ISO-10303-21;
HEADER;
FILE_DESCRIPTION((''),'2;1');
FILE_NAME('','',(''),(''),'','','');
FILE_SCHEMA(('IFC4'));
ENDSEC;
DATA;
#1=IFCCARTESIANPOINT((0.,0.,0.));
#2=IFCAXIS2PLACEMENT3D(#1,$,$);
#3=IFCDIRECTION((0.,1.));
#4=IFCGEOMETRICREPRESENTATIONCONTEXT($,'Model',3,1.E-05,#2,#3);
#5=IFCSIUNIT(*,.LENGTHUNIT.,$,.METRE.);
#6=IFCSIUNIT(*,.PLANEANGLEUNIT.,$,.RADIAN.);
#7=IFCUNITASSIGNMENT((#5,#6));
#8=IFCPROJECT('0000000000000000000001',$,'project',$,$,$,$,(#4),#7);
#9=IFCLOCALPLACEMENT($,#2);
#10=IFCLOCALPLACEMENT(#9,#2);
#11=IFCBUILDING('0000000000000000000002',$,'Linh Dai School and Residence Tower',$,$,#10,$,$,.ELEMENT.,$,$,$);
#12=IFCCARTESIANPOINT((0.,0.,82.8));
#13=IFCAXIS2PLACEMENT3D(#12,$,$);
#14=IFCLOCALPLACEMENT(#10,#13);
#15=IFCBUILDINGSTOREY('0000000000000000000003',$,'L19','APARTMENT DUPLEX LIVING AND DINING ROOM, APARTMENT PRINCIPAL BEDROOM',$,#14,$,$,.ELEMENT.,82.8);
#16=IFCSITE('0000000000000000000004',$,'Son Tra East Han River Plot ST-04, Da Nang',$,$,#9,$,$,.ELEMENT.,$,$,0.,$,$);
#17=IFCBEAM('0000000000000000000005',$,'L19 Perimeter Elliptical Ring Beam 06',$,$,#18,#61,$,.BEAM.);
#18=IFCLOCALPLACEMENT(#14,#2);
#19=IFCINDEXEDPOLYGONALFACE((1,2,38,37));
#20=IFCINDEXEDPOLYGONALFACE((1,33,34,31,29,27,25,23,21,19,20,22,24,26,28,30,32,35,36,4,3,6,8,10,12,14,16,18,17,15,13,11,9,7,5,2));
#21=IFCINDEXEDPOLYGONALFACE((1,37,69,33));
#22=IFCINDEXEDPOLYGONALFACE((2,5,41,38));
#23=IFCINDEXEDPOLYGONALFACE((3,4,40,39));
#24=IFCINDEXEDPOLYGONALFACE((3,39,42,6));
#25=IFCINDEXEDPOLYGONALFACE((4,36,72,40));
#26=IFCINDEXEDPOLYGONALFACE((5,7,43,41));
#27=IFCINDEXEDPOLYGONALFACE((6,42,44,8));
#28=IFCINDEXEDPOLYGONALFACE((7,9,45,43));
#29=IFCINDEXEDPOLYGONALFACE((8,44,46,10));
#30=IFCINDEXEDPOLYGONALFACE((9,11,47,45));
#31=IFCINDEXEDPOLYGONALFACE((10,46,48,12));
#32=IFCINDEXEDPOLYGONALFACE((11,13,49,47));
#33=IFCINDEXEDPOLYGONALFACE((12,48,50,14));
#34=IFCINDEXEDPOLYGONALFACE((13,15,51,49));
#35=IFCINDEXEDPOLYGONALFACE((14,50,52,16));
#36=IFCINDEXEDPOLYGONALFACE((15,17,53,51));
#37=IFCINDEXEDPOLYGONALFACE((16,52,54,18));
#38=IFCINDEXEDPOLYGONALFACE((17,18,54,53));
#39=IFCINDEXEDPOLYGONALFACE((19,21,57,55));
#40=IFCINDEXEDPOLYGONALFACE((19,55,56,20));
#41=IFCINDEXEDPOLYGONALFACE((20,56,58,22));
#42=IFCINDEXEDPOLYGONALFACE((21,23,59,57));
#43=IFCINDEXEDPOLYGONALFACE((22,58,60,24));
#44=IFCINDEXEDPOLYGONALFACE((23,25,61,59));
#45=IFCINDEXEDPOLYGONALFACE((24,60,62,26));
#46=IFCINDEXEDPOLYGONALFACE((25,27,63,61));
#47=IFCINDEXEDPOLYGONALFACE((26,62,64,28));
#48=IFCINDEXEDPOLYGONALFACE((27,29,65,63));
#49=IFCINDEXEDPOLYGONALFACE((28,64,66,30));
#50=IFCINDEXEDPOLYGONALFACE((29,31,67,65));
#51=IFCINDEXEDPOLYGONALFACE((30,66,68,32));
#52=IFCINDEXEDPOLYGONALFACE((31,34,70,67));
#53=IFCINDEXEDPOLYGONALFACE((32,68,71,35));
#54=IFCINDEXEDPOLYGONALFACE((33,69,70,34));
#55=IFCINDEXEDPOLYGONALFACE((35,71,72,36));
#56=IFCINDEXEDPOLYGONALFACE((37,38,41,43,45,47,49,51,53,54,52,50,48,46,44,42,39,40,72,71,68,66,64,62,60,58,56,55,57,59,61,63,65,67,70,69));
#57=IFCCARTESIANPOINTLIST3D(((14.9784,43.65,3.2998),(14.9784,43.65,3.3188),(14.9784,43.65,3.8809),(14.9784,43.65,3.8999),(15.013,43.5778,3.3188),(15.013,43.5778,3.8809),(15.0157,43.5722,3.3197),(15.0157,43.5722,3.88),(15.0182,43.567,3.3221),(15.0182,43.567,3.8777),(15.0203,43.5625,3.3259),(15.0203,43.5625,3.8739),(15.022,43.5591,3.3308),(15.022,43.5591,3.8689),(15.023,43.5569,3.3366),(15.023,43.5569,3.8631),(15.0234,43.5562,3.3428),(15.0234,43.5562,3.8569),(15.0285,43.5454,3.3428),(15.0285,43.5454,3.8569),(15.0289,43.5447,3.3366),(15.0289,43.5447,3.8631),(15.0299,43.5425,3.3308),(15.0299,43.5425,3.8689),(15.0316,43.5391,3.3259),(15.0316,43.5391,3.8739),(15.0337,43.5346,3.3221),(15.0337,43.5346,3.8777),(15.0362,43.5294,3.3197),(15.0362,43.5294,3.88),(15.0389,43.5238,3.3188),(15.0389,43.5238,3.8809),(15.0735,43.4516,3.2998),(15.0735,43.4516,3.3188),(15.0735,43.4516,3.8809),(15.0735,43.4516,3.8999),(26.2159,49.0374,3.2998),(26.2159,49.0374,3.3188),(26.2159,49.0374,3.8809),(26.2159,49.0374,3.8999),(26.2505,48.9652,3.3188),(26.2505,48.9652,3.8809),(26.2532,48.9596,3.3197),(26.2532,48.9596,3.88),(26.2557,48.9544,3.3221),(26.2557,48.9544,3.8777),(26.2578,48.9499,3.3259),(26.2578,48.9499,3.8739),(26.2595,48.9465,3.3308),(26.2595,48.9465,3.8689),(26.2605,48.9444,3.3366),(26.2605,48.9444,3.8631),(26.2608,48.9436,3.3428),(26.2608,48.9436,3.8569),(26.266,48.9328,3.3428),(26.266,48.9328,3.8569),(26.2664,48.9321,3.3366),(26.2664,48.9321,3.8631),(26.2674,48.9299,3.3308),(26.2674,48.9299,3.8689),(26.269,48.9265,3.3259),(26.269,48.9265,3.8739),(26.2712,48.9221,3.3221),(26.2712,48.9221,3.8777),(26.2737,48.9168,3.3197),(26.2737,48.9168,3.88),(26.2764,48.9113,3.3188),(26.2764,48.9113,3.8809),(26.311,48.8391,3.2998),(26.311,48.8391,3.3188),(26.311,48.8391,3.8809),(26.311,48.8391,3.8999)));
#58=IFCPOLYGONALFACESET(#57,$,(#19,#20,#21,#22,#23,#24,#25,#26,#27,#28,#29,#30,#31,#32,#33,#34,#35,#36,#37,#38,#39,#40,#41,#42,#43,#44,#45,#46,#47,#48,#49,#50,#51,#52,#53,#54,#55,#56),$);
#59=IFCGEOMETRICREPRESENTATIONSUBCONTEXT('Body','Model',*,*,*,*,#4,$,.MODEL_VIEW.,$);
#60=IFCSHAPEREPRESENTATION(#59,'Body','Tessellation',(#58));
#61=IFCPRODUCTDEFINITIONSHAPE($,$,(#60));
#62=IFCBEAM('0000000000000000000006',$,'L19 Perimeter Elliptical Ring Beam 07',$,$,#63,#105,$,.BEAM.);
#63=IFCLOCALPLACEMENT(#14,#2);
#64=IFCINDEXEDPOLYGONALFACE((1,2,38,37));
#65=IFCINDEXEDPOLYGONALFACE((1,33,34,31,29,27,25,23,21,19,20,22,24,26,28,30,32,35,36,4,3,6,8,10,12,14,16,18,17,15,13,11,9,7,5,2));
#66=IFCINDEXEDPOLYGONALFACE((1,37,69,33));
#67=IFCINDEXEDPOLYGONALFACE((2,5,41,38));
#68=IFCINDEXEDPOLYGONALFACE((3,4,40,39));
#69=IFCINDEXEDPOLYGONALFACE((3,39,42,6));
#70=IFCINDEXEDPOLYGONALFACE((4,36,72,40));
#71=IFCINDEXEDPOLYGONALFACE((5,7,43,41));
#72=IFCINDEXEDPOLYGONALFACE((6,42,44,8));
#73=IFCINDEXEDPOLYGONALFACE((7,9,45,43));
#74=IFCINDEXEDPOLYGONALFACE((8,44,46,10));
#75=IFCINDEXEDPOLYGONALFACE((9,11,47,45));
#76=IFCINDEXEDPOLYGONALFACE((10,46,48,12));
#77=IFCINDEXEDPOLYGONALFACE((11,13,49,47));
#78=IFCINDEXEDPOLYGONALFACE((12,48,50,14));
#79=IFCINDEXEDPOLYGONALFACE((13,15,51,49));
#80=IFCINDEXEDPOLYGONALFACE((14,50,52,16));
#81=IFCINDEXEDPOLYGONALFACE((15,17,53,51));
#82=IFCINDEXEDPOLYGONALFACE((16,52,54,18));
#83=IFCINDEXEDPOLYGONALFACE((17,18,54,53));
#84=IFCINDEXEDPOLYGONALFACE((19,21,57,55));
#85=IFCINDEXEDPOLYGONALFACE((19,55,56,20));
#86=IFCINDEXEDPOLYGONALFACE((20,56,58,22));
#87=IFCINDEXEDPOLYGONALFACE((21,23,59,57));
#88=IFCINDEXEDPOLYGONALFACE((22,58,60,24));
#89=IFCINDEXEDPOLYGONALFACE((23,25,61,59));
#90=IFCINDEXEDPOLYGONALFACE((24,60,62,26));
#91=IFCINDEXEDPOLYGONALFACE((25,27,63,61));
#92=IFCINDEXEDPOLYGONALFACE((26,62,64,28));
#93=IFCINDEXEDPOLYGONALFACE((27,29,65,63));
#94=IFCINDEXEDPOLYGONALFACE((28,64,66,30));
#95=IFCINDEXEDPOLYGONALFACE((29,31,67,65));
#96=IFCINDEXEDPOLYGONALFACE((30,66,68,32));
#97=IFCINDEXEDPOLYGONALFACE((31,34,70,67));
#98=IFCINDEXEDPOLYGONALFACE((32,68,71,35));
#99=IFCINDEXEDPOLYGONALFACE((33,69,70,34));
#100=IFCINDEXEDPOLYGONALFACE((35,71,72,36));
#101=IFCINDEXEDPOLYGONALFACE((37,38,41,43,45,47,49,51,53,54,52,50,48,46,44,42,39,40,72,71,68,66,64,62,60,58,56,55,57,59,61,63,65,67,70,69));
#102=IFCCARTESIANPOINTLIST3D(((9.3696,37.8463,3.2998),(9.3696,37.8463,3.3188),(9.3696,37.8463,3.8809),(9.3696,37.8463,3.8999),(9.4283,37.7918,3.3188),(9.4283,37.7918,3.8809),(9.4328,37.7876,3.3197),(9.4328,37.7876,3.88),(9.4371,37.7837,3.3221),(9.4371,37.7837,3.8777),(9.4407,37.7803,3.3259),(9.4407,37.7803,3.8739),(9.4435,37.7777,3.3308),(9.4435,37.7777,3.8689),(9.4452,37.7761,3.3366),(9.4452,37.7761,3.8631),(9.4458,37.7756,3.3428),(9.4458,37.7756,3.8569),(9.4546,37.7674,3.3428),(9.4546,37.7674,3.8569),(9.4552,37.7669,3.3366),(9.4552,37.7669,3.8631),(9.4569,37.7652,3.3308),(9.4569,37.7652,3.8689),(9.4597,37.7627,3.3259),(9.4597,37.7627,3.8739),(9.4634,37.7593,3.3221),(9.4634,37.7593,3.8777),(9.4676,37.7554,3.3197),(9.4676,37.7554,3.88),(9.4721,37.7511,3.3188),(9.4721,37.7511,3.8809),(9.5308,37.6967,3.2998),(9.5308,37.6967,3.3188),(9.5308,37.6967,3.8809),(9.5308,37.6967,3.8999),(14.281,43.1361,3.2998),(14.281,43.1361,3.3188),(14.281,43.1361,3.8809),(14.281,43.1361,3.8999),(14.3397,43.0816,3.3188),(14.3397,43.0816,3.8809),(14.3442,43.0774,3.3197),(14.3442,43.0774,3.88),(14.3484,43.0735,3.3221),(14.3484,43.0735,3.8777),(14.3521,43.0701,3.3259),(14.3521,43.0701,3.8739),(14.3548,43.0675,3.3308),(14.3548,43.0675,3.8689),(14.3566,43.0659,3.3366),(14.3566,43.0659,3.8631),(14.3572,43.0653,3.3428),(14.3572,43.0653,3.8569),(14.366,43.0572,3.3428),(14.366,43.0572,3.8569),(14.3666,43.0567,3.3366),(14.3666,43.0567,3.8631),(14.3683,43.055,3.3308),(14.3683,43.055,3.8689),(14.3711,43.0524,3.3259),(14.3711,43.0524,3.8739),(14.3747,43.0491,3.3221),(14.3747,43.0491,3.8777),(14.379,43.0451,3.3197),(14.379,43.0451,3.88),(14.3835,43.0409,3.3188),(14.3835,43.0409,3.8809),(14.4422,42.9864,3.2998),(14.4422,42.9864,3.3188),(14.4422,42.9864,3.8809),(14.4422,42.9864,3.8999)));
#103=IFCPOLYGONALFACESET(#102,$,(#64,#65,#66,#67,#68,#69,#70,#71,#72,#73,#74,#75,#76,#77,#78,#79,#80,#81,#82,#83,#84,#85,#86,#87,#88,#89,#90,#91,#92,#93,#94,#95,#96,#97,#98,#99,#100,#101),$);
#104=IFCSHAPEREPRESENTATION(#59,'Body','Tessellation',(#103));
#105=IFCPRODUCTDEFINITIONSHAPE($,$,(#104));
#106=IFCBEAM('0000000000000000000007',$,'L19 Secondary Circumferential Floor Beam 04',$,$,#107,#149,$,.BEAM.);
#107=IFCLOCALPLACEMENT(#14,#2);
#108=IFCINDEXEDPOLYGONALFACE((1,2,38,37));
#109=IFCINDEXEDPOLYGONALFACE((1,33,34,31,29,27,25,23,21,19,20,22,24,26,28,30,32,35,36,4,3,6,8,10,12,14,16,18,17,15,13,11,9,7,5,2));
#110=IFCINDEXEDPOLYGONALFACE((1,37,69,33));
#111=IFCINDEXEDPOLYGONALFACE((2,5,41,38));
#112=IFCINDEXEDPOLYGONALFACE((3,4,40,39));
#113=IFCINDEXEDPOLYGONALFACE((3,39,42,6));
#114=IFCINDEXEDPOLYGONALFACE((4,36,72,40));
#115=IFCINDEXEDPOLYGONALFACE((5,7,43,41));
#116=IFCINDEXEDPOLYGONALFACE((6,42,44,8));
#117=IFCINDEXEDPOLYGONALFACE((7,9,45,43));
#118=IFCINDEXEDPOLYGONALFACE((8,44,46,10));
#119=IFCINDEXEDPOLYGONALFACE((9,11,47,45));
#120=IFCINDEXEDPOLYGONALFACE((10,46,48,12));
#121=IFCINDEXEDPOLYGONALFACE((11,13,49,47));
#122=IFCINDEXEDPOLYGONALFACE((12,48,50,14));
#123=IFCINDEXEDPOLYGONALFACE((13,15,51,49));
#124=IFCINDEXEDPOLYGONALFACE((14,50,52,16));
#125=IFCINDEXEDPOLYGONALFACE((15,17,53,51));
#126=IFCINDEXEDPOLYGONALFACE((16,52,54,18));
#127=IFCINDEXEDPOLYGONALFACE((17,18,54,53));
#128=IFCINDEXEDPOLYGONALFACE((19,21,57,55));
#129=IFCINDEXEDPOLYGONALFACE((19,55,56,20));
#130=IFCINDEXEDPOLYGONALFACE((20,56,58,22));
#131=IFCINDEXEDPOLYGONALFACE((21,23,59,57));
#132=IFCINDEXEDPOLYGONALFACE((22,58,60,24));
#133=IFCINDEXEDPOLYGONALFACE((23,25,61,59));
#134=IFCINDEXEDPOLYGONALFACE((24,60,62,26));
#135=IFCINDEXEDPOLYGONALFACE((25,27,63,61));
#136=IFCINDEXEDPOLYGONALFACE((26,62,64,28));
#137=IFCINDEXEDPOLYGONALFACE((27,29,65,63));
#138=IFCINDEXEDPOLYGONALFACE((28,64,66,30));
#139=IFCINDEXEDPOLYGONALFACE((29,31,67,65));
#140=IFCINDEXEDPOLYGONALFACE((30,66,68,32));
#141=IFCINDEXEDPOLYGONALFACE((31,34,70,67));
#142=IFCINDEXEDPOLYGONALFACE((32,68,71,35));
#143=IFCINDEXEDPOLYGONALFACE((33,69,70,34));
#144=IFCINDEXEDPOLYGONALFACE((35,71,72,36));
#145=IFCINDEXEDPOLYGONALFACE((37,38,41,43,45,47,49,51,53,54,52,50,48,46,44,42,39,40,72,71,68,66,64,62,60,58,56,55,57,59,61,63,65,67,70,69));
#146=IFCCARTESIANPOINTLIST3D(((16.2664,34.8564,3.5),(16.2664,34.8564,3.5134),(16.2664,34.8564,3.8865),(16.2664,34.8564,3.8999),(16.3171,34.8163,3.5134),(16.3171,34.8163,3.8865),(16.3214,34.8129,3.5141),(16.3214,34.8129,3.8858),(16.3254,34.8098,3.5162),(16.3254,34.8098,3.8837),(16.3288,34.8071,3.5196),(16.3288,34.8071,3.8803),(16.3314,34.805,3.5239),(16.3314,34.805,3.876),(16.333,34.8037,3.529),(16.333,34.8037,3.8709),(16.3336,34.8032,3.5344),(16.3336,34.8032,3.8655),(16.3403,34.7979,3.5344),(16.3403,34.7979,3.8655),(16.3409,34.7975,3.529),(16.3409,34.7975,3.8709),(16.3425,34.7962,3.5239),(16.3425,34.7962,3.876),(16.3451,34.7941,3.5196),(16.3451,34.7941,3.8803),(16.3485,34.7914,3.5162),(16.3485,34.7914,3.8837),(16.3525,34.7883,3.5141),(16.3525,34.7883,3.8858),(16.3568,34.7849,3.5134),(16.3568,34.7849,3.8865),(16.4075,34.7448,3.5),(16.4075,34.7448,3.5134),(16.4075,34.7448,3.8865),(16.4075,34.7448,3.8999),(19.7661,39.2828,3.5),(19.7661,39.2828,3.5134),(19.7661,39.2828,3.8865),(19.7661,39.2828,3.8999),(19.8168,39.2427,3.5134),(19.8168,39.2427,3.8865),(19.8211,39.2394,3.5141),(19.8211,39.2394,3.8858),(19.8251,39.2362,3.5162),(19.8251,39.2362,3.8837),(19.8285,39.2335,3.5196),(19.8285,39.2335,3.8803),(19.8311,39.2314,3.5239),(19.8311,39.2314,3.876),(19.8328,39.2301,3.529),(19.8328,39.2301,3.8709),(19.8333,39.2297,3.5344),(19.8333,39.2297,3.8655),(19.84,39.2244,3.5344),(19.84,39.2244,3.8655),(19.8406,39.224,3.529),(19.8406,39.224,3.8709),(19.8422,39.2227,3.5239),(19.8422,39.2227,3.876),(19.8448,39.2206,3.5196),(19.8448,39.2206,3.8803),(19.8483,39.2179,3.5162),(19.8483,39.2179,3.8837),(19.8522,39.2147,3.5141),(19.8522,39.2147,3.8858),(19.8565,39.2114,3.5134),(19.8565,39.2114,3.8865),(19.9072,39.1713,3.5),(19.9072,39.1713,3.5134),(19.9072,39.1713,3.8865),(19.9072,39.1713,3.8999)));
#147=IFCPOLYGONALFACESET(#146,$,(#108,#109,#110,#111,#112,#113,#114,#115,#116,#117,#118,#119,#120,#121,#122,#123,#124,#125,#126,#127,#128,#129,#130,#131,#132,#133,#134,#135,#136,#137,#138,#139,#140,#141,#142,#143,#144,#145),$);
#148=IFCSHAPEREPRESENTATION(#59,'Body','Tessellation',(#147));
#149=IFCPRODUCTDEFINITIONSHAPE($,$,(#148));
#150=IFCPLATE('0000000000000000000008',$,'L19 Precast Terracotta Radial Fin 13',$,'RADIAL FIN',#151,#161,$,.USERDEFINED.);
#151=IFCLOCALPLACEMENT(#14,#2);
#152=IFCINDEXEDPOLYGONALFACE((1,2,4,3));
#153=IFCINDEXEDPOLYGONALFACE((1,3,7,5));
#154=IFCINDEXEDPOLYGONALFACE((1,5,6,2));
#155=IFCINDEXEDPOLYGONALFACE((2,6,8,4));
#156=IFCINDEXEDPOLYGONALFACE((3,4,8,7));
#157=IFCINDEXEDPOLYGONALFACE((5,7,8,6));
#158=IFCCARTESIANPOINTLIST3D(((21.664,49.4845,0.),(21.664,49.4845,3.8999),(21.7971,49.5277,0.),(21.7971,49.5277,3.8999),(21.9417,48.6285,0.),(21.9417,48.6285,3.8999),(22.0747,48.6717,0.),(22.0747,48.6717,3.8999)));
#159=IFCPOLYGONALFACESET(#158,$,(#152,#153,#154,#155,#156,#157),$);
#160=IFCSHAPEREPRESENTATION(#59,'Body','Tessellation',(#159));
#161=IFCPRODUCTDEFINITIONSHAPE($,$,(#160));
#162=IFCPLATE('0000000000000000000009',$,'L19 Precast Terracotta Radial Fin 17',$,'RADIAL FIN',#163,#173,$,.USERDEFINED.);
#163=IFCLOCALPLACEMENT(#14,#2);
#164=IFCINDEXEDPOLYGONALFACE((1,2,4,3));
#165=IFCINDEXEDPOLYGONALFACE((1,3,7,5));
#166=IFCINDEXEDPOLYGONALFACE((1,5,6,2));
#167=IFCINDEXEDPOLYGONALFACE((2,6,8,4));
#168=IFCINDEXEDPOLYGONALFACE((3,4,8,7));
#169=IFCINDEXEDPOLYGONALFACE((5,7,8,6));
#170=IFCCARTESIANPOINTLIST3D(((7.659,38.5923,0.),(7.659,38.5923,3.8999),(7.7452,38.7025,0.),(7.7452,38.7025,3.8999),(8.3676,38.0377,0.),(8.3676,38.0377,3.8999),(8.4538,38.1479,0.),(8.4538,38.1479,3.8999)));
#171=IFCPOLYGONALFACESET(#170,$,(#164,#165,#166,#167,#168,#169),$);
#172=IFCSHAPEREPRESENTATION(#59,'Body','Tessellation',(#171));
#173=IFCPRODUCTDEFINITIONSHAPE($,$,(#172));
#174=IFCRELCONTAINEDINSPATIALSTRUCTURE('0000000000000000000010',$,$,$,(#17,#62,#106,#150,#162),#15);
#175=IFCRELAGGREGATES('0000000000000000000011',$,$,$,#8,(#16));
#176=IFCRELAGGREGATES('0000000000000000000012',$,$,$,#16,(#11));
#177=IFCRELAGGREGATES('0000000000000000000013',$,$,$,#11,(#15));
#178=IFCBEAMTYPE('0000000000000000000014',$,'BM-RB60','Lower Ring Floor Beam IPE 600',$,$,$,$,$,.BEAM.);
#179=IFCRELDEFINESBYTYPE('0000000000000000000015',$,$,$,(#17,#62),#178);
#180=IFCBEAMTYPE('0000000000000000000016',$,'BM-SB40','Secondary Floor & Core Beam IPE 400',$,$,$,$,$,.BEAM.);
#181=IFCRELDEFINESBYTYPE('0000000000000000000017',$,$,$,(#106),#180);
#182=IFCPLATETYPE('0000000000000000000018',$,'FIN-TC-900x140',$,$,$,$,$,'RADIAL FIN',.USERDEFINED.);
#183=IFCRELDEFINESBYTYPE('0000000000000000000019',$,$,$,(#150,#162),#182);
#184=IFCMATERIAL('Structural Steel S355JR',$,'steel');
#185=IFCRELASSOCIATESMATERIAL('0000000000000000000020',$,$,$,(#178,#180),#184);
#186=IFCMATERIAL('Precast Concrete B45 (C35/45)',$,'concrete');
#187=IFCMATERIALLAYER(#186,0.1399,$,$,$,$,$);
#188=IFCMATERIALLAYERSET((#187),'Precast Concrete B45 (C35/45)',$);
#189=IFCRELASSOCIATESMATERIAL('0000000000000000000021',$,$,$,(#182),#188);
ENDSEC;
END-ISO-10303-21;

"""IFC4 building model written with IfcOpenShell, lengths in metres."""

from ifc_helpers import new_model, si_unit, direction, frame, origin, origin_2d, place, context, subcontext, project, spatial, rectangle, i_section, extrude, source, transform, mapped, material, layer, layer_set, material_profile, profile_set, type_object, element, save


model = new_model("IFC4")

# Units and contexts
model_context = context("Model", 3, precision=1e-05, world=origin(), true_north=direction((0.0, 1.0)))
body_context = subcontext(model_context, "Body", "Model", "MODEL_VIEW")
ifc_project = project(units=[si_unit("LENGTHUNIT", "METRE"), si_unit("PLANEANGLEUNIT", "RADIAN")], contexts=[model_context])

# Site, building, storey
site_placement = place(None, origin())
site = spatial("IfcSite", under=ifc_project, at=site_placement, Name="Son Tra East Han River Plot ST-04, Da Nang", CompositionType="ELEMENT", RefElevation=0.0)
building_placement = place(site_placement, origin())
building = spatial("IfcBuilding", under=site, at=building_placement, Name="Linh Dai School and Residence Tower", CompositionType="ELEMENT")
storey_placement = place(building_placement, frame((0.0, 0.0, 82.8)))
storey = spatial("IfcBuildingStorey", under=building, at=storey_placement, Name="L19", Description="APARTMENT DUPLEX LIVING AND DINING ROOM, APARTMENT PRINCIPAL BEDROOM", CompositionType="ELEMENT", Elevation=82.8)

# Shared definitions
ifc_material_1 = material(Name="Structural Steel S355JR", Category="steel")

# Beams
ifc_material_profile_1 = material_profile(ifc_material_1, i_section(OverallWidth=0.22, OverallDepth=0.6001, WebThickness=0.012, FlangeThickness=0.019, FilletRadius=0.0239, at=origin_2d()), Name="IPE 600")
ifc_profile_set_1 = profile_set([ifc_material_profile_1], Name="Structural Steel S355JR")
beam_type_1 = type_object("IfcBeamType", Name="BM-RB60", Description="Lower Ring Floor Beam IPE 600", PredefinedType="BEAM", material=ifc_profile_set_1)
beam_1_placement = place(storey_placement, frame((26.2634, 48.9382, 3.5999), z_axis=(-0.901729, -0.432302, 0.0), x_axis=(0.432302, -0.901729, 0.0)))
element("IfcBeam", 1, at=beam_1_placement, inside=storey, type_object=beam_type_1, Name="L19 Perimeter Elliptical Ring Beam 06", PredefinedType="BEAM", context=body_context, shape_type="SweptSolid", body=[
    extrude(i_section(OverallWidth=0.22, OverallDepth=0.6001, WebThickness=0.012, FlangeThickness=0.019, FilletRadius=0.0239, at=origin_2d()), origin(), (0.0, 0.0, 1.0), 12.4622),
])
beam_2_placement = place(storey_placement, frame((14.3616, 43.0613, 3.5999), z_axis=(-0.680408, -0.732833, 0.0), x_axis=(0.732833, -0.680408, 0.0)))
element("IfcBeam", 2, at=beam_2_placement, inside=storey, type_object=beam_type_1, Name="L19 Perimeter Elliptical Ring Beam 07", PredefinedType="BEAM", context=body_context, shape_type="SweptSolid", body=[
    extrude(i_section(OverallWidth=0.22, OverallDepth=0.6001, WebThickness=0.012, FlangeThickness=0.019, FilletRadius=0.0239, at=origin_2d()), origin(), (0.0, 0.0, 1.0), 7.2183),
])
ifc_material_profile_2 = material_profile(ifc_material_1, i_section(OverallWidth=0.1799, OverallDepth=0.3999, WebThickness=0.0085, FlangeThickness=0.0134, FilletRadius=0.021, at=origin_2d()), Name="IPE 400")
ifc_profile_set_2 = profile_set([ifc_material_profile_2], Name="Structural Steel S355JR")
beam_type_2 = type_object("IfcBeamType", Name="BM-SB40", Description="Secondary Floor & Core Beam IPE 400", PredefinedType="BEAM", material=ifc_profile_set_2)
beam_3_placement = place(storey_placement, frame((19.8367, 39.2271, 3.7), z_axis=(-0.620205, -0.78444, 0.0), x_axis=(0.78444, -0.620205, 0.0)))
element("IfcBeam", 3, at=beam_3_placement, inside=storey, type_object=beam_type_2, Name="L19 Secondary Circumferential Floor Beam 04", PredefinedType="BEAM", context=body_context, shape_type="SweptSolid", body=[
    extrude(i_section(OverallWidth=0.1799, OverallDepth=0.3999, WebThickness=0.0085, FlangeThickness=0.0134, FilletRadius=0.021, at=origin_2d()), origin(), (0.0, 0.0, 1.0), 5.6428),
])

# Plates
ifc_material_2 = material(Name="Precast Concrete B45 (C35/45)", Category="concrete")
ifc_layer_1 = layer(ifc_material_2, 0.1399)
ifc_layer_set_1 = layer_set([ifc_layer_1], Name="Precast Concrete B45 (C35/45)")
plate_type = type_object("IfcPlateType", Name="FIN-TC-900x140", ElementType="RADIAL FIN", PredefinedType="USERDEFINED", material=ifc_layer_set_1)
shared_shape_1 = source(origin(), body_context, "Body", "SweptSolid", [
    extrude(rectangle(XDim=0.8999, YDim=0.1399, at=origin_2d()), origin(), (0.0, 0.0, 1.0), 3.8999),
])
for number, where, z_axis, x_axis, name in (
    (4, (21.8694, 49.0781, 0.0), (0.0, 0.0, 1.0), (-0.308511, 0.951221, 0.0), "L19 Precast Terracotta Radial Fin 13"),
    (5, (8.0564, 38.3701, 0.0), (0.0, 0.0, 1.0), (-0.787496, 0.616319, 0.0), "L19 Precast Terracotta Radial Fin 17"),
):
    element("IfcPlate", number, at=place(storey_placement, frame(where, z_axis=z_axis, x_axis=x_axis)), inside=storey, type_object=plate_type, Name=name, ObjectType="RADIAL FIN", PredefinedType="USERDEFINED", context=body_context, shape_type="MappedRepresentation", body=[
        mapped(shared_shape_1, transform((0.0, 0.0, 0.0), x_axis=(1.0, 0.0, 0.0), y_axis=(0.0, 1.0, 0.0), z_axis=(0.0, 0.0, 1.0), scale=1.0)),
    ])

save(model, "model.ifc")
